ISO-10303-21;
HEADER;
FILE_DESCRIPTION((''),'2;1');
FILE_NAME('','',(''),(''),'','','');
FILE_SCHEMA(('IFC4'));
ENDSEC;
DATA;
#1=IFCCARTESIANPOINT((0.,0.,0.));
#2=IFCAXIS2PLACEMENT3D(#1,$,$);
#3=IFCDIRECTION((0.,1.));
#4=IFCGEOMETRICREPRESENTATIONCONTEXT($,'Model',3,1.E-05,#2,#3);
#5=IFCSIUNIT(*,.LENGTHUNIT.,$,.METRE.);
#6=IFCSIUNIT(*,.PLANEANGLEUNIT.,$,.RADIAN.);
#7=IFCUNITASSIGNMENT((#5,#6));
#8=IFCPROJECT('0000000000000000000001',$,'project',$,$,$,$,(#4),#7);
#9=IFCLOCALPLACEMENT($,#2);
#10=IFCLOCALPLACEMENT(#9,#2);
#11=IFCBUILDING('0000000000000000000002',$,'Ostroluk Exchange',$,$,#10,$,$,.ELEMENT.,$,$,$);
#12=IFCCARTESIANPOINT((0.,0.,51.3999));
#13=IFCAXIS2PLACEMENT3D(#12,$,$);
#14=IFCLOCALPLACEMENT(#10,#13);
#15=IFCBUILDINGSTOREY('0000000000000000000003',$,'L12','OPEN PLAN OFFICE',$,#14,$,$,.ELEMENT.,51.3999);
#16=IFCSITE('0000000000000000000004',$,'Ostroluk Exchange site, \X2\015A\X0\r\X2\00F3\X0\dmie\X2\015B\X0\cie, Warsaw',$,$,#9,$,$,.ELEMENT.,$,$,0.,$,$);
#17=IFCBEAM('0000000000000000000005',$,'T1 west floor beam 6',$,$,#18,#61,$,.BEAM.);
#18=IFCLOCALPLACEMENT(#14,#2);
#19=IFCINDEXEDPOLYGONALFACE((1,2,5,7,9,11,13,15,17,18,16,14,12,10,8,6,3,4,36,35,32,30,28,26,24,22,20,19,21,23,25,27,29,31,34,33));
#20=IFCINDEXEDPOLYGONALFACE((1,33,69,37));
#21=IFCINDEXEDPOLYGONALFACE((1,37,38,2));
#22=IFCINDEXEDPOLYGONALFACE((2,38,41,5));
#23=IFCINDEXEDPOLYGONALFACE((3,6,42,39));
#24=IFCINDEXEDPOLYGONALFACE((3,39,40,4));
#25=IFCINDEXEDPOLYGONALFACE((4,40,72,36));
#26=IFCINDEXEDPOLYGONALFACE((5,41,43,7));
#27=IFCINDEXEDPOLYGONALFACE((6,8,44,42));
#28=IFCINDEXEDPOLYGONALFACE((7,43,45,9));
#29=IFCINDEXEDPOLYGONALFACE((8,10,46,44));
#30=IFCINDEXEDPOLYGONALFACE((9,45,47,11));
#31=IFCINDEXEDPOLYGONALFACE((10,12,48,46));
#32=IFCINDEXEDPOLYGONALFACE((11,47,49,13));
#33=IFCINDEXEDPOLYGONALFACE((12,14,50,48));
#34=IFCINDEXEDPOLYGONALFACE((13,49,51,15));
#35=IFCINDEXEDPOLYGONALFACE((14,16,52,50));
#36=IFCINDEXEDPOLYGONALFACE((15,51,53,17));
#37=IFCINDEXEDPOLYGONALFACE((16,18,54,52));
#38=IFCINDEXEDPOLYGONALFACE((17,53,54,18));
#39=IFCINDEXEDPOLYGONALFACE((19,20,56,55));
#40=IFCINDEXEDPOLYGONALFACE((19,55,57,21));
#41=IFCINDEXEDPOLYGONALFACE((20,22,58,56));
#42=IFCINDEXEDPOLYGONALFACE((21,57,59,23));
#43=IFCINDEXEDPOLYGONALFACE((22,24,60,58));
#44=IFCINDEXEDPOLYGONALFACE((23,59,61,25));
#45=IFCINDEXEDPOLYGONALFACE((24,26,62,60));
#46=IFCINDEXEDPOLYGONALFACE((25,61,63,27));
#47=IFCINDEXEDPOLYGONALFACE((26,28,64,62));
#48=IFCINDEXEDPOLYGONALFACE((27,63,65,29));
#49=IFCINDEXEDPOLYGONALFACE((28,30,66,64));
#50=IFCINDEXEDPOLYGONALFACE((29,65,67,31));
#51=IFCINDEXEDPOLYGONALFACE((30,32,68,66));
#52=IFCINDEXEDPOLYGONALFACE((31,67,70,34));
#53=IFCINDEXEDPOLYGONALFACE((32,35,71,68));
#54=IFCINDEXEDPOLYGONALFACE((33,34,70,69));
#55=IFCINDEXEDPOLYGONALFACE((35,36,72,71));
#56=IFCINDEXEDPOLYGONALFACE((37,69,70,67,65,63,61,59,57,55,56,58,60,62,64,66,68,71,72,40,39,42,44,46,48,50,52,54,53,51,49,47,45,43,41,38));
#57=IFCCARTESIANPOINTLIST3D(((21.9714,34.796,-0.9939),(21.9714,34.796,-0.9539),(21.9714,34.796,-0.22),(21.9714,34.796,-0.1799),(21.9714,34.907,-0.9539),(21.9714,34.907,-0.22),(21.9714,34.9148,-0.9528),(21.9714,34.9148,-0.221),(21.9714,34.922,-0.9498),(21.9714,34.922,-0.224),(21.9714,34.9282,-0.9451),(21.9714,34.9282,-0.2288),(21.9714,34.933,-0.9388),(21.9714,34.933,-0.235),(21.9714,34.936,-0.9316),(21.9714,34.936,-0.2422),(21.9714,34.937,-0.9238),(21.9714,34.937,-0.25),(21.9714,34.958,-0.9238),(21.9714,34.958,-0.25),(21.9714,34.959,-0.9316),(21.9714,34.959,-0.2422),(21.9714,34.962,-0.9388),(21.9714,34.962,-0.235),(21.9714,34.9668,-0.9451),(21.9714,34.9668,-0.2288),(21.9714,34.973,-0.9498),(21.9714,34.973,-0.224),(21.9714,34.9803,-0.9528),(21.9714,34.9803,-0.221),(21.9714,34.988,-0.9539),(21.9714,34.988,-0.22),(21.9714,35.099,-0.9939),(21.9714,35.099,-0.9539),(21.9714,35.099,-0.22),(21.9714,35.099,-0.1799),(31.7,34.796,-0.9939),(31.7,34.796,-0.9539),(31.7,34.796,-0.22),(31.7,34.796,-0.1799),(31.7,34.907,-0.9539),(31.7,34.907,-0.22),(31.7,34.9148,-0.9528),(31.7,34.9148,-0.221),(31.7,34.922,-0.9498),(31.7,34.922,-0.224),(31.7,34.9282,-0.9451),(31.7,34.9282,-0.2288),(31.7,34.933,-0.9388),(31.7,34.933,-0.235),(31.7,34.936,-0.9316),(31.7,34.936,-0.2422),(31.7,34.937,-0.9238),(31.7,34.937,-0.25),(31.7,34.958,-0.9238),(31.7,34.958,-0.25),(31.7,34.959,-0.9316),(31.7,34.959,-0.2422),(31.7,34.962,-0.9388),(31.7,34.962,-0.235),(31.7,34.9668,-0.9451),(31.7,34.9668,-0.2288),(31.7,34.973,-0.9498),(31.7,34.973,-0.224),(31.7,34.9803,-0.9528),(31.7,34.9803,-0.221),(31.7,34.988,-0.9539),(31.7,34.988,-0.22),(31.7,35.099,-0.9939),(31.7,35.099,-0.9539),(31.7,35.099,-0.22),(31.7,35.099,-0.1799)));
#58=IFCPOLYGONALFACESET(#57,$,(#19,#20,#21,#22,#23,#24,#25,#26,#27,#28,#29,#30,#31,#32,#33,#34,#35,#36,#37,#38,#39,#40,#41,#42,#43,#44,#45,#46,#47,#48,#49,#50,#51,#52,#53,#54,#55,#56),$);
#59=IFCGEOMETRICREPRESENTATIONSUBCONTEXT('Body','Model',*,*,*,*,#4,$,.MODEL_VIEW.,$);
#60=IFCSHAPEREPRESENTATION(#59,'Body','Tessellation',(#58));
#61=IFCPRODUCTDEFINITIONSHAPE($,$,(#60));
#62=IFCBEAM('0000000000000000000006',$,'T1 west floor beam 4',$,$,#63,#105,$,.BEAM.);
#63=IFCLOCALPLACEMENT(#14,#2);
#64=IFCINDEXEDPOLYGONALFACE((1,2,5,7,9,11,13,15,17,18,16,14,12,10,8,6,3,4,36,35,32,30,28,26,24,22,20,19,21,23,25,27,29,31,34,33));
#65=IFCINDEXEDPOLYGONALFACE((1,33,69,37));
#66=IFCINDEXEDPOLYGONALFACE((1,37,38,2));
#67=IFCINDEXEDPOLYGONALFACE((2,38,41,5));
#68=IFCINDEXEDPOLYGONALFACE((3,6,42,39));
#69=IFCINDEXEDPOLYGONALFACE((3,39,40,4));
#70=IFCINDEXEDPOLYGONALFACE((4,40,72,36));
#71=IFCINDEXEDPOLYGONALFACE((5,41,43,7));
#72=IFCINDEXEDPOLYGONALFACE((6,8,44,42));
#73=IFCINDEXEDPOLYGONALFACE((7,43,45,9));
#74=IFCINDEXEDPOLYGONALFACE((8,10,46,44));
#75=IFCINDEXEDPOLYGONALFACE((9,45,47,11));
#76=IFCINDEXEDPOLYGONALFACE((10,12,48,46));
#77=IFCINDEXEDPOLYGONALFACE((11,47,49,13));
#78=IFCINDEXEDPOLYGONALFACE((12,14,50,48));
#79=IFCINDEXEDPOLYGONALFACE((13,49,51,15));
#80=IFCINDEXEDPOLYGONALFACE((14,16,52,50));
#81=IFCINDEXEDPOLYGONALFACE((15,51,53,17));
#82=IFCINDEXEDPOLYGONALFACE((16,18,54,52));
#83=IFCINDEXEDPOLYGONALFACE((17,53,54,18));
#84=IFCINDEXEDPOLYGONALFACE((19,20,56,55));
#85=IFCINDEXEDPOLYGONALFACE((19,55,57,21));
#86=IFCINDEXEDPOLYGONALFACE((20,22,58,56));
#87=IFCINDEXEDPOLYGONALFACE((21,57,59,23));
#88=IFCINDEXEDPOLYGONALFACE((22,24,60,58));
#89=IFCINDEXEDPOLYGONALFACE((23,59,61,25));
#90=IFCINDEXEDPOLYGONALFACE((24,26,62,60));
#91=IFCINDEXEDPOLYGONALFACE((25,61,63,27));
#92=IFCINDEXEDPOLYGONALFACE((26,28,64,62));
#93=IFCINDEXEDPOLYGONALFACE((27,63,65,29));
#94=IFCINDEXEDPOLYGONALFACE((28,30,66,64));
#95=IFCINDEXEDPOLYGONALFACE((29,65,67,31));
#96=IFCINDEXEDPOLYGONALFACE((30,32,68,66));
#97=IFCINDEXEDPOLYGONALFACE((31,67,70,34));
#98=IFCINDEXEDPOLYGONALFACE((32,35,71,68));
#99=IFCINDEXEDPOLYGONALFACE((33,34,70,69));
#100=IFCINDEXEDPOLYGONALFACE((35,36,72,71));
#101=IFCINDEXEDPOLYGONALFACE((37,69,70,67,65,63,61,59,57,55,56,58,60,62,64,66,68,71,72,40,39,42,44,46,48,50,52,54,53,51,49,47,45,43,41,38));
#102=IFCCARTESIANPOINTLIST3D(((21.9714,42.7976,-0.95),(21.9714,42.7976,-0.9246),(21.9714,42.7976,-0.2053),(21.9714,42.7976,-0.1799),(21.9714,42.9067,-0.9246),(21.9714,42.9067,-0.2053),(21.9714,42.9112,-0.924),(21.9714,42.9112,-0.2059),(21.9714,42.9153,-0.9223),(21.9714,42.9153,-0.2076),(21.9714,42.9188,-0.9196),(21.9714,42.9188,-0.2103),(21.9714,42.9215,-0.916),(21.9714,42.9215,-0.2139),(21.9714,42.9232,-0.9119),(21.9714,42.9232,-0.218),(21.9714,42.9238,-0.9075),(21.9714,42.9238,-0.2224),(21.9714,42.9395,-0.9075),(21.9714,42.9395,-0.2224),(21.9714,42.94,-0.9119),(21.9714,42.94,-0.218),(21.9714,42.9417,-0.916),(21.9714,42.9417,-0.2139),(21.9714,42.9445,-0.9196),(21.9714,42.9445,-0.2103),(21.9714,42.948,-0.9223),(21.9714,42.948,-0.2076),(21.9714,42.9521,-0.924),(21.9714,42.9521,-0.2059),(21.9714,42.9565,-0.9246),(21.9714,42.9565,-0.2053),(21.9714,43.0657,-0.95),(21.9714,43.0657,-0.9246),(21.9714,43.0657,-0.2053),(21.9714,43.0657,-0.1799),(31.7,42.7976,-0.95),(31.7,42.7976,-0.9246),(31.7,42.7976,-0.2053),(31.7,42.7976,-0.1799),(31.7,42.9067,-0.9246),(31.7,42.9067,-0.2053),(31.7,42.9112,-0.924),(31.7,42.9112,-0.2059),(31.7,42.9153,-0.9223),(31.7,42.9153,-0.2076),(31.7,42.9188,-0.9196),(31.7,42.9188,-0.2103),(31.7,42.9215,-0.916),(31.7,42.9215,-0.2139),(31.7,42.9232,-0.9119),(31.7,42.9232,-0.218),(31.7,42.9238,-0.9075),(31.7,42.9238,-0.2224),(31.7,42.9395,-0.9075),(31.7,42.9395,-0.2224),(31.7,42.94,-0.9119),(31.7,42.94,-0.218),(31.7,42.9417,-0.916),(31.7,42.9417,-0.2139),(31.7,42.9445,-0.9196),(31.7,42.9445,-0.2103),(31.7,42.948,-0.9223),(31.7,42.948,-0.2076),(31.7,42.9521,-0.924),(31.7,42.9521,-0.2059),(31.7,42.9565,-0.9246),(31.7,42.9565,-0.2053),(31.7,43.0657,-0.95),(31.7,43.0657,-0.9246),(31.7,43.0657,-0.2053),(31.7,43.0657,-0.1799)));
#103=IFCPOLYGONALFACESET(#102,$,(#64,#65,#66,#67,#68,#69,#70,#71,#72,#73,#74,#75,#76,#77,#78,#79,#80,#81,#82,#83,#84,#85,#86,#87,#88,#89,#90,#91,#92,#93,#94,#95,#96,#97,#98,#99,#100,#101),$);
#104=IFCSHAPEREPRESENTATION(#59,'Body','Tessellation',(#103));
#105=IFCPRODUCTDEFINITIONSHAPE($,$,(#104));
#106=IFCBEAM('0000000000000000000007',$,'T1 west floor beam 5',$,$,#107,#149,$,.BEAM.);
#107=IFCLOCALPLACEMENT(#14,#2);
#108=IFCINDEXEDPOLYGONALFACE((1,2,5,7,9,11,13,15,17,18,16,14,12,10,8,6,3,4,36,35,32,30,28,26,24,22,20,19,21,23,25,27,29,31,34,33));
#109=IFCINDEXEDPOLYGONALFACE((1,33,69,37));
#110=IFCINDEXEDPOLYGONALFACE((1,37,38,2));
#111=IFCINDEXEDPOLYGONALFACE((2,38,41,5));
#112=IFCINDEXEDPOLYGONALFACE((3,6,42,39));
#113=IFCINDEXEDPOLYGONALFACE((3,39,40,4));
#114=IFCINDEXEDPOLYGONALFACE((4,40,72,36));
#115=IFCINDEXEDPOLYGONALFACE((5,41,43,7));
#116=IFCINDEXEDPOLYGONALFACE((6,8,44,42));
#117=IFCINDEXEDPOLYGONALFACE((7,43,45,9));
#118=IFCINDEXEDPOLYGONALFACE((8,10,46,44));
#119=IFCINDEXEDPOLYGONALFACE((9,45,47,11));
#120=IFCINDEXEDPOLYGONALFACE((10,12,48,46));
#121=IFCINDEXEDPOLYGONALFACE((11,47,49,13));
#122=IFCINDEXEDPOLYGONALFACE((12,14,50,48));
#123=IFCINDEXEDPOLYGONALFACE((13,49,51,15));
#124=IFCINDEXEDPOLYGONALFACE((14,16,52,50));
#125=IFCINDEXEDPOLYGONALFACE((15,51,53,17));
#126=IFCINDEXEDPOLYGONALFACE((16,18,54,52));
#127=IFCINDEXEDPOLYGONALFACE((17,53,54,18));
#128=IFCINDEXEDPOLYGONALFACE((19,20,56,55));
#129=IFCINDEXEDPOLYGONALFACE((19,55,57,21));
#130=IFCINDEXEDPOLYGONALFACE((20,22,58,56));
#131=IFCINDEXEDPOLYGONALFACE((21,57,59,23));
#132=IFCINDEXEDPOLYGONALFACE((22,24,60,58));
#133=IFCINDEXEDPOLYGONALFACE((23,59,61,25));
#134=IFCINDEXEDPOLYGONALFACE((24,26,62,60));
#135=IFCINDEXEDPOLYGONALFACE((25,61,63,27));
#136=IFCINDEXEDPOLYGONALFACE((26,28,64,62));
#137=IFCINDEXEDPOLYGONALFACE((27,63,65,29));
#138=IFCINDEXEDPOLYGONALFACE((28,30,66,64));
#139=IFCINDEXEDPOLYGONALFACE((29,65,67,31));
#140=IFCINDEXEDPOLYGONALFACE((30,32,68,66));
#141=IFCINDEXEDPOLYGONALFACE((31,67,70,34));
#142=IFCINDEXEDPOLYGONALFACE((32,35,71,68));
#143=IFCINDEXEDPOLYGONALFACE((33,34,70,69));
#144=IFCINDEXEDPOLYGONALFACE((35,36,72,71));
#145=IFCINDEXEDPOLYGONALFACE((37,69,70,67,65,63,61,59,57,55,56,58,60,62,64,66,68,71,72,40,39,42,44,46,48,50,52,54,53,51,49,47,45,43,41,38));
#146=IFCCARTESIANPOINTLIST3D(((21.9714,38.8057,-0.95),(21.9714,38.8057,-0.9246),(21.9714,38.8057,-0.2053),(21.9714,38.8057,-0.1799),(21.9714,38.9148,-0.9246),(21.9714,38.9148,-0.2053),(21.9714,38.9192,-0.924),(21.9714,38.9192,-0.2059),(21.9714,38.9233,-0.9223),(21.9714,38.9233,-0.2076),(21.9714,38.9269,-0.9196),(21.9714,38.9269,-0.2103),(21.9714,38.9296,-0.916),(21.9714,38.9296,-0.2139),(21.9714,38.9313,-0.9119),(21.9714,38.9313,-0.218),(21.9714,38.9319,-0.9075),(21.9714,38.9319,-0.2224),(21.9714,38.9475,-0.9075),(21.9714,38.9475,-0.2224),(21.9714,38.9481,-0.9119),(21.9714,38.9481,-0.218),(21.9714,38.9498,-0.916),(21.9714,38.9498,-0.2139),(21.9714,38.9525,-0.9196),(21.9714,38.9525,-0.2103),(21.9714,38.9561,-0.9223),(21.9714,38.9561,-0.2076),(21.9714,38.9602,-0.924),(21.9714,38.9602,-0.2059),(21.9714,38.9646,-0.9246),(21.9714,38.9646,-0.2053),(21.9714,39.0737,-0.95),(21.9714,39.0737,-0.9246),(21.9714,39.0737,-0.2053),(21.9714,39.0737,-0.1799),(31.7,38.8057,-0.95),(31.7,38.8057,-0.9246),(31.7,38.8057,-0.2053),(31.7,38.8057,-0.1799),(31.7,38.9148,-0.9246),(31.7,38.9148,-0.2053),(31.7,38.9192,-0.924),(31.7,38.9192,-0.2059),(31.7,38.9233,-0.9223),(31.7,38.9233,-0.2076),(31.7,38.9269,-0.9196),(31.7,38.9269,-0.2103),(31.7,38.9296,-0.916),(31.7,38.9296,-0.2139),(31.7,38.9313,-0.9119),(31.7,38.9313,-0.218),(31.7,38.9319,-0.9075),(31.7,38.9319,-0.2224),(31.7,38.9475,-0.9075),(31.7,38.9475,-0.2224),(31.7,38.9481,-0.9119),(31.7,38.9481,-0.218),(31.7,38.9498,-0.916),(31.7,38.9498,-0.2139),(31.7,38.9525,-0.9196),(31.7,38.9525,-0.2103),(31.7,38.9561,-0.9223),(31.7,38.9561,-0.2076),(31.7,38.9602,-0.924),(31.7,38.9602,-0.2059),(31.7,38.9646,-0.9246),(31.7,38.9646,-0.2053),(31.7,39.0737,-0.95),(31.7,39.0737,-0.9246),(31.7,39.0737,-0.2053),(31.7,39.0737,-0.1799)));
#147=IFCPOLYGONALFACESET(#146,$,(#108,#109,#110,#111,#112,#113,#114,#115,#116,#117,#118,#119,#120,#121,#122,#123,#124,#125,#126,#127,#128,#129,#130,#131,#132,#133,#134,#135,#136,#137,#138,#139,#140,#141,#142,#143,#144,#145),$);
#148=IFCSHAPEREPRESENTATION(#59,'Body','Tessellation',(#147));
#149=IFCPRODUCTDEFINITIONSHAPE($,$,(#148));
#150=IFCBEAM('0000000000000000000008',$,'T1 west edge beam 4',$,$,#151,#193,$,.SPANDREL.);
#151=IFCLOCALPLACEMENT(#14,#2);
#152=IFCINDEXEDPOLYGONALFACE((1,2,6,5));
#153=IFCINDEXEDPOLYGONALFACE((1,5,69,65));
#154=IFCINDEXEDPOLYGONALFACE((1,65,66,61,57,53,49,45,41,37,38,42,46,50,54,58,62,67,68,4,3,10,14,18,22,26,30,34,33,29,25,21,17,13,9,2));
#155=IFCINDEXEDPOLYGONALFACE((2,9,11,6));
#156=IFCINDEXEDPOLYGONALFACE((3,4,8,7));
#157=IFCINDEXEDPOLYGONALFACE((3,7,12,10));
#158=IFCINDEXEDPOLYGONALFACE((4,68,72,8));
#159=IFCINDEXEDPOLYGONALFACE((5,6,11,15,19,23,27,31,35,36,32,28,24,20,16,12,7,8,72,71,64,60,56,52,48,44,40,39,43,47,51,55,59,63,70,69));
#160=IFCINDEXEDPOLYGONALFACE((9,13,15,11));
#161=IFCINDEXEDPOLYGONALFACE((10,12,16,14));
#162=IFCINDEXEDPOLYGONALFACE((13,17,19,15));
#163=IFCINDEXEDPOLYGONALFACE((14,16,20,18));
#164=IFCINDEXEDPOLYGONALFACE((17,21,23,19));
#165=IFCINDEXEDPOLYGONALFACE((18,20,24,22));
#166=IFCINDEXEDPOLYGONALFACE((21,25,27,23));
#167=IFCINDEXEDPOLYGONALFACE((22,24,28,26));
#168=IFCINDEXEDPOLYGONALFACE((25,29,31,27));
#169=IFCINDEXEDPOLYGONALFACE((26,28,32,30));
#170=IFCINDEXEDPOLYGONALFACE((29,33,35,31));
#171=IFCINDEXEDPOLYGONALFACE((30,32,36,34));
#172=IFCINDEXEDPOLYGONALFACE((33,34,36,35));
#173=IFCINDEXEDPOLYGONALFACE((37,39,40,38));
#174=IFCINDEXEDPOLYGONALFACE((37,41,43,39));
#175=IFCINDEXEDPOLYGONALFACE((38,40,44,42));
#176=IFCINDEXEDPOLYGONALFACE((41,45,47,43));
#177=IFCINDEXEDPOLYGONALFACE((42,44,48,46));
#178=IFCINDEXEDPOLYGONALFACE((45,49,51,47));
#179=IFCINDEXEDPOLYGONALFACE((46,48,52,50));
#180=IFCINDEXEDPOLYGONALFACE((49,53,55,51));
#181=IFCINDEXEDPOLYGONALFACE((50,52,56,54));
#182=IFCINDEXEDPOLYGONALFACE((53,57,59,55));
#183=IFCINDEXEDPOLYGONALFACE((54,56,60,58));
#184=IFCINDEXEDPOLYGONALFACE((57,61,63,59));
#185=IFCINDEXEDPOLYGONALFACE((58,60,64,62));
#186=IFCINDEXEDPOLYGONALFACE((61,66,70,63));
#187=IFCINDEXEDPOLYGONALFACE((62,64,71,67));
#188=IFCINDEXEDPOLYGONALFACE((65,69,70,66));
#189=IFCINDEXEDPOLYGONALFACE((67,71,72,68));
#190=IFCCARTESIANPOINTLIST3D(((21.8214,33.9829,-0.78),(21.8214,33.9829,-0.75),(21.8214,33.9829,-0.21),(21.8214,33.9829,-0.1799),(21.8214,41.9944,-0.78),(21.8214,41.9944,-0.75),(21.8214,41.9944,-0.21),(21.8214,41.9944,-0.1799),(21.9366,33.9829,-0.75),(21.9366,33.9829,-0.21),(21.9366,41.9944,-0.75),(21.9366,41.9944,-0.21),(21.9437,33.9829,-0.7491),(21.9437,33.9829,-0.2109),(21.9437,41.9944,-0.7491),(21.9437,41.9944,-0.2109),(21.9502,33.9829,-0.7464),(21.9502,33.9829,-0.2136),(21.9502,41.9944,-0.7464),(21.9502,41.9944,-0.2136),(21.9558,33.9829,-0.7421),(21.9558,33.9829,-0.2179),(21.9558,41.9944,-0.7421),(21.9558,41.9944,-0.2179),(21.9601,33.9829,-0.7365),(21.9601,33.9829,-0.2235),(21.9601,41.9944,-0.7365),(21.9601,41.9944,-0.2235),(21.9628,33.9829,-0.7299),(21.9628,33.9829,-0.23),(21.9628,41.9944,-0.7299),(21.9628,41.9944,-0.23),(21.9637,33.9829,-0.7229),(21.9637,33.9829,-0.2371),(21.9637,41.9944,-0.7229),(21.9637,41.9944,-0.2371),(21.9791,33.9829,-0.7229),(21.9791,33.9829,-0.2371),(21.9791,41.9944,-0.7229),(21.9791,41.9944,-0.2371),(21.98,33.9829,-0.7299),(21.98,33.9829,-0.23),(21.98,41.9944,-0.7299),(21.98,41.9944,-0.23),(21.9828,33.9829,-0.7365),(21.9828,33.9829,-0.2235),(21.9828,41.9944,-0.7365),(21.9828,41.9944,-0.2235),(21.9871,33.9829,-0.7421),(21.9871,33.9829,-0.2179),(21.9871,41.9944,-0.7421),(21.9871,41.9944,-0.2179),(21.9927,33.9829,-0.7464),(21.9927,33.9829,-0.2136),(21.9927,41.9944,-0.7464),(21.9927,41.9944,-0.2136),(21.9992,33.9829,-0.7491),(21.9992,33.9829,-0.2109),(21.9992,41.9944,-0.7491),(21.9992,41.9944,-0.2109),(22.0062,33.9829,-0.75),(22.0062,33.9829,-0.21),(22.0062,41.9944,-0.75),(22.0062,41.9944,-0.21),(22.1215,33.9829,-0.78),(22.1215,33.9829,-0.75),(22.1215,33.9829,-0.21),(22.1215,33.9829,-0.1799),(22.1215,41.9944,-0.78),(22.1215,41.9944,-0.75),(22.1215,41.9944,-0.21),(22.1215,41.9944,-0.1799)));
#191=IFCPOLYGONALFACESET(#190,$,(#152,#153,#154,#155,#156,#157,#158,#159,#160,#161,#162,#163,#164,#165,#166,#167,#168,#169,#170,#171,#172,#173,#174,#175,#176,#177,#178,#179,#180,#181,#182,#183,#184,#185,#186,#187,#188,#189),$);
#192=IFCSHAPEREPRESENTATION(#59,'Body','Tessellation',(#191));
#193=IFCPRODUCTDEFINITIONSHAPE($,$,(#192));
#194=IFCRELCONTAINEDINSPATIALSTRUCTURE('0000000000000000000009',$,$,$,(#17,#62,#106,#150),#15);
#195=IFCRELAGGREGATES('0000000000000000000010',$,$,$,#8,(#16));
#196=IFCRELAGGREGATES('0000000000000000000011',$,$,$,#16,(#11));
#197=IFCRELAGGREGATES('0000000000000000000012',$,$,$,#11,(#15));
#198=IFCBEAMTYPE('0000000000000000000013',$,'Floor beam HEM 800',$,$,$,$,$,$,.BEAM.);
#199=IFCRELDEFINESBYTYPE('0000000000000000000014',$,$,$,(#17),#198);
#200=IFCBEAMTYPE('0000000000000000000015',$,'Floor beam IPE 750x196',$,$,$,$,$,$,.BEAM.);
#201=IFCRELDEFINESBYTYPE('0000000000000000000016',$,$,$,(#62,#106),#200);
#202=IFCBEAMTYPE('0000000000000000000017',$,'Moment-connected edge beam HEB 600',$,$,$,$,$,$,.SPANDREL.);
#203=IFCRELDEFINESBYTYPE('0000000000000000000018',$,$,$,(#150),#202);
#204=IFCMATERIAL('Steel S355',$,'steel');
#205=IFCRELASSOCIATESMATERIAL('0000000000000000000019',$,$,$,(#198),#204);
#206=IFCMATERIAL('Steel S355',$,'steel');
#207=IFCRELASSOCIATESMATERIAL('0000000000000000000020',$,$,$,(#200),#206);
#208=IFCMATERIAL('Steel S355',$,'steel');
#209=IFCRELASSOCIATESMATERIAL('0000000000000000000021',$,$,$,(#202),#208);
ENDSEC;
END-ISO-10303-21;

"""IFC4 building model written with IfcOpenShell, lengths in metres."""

from ifc_helpers import new_model, si_unit, direction, frame, origin, origin_2d, place, context, subcontext, project, spatial, i_section, extrude, material, material_profile, profile_set, type_object, element, save


model = new_model("IFC4")

# Units and contexts
model_context = context("Model", 3, precision=1e-05, world=origin(), true_north=direction((0.0, 1.0)))
body_context = subcontext(model_context, "Body", "Model", "MODEL_VIEW")
ifc_project = project(units=[si_unit("LENGTHUNIT", "METRE"), si_unit("PLANEANGLEUNIT", "RADIAN")], contexts=[model_context])

# Site, building, storey
site_placement = place(None, origin())
site = spatial("IfcSite", under=ifc_project, at=site_placement, Name="Ostroluk Exchange site, Śródmieście, Warsaw", CompositionType="ELEMENT", RefElevation=0.0)
building_placement = place(site_placement, origin())
building = spatial("IfcBuilding", under=site, at=building_placement, Name="Ostroluk Exchange", CompositionType="ELEMENT")
storey_placement = place(building_placement, frame((0.0, 0.0, 51.3999)))
storey = spatial("IfcBuildingStorey", under=building, at=storey_placement, Name="L12", Description="OPEN PLAN OFFICE", CompositionType="ELEMENT", Elevation=51.3999)

# Beams
ifc_material_1 = material(Name="Steel S355", Category="steel")
ifc_material_profile_1 = material_profile(ifc_material_1, i_section(OverallWidth=0.303, OverallDepth=0.814, WebThickness=0.021, FlangeThickness=0.04, FilletRadius=0.03, at=origin_2d()), Name="HEM 800")
ifc_profile_set_1 = profile_set([ifc_material_profile_1], Name="Steel S355")
beam_type_1 = type_object("IfcBeamType", Name="Floor beam HEM 800", PredefinedType="BEAM", material=ifc_profile_set_1)
beam_placement = place(storey_placement, frame((31.7, 34.9475, -0.5869), z_axis=(-1.0, 0.0, 0.0), x_axis=(0.0, -1.0, 0.0)))
element("IfcBeam", 1, at=beam_placement, inside=storey, type_object=beam_type_1, Name="T1 west floor beam 6", PredefinedType="BEAM", context=body_context, shape_type="SweptSolid", body=[
    extrude(i_section(OverallWidth=0.303, OverallDepth=0.814, WebThickness=0.021, FlangeThickness=0.04, FilletRadius=0.03, at=origin_2d()), origin(), (0.0, 0.0, 1.0), 9.7285),
])
ifc_material_2 = material(Name="Steel S355", Category="steel")
ifc_material_profile_2 = material_profile(ifc_material_2, i_section(OverallWidth=0.2681, OverallDepth=0.77, WebThickness=0.0156, FlangeThickness=0.0254, FilletRadius=0.0171, at=origin_2d()), Name="IPE 750x196")
ifc_profile_set_2 = profile_set([ifc_material_profile_2], Name="Steel S355")
beam_type_2 = type_object("IfcBeamType", Name="Floor beam IPE 750x196", PredefinedType="BEAM", material=ifc_profile_set_2)
for number, where, z_axis, x_axis, name in (
    (2, (31.7, 42.9316, -0.5649), (-1.0, 0.0, 0.0), (0.0, -1.0, 0.0), "T1 west floor beam 4"),
    (3, (31.7, 38.9397, -0.5649), (-1.0, 0.0, 0.0), (0.0, -1.0, 0.0), "T1 west floor beam 5"),
):
    element("IfcBeam", number, at=place(storey_placement, frame(where, z_axis=z_axis, x_axis=x_axis)), inside=storey, type_object=beam_type_2, Name=name, PredefinedType="BEAM", context=body_context, shape_type="SweptSolid", body=[
        extrude(i_section(OverallWidth=0.2681, OverallDepth=0.77, WebThickness=0.0156, FlangeThickness=0.0254, FilletRadius=0.0171, at=origin_2d()), origin(), (0.0, 0.0, 1.0), 9.7285),
    ])
ifc_material_3 = material(Name="Steel S355", Category="steel")
ifc_material_profile_3 = material_profile(ifc_material_3, i_section(OverallWidth=0.3, OverallDepth=0.6001, WebThickness=0.0154, FlangeThickness=0.03, FilletRadius=0.0271, at=origin_2d()), Name="HEB 600")
ifc_profile_set_3 = profile_set([ifc_material_profile_3], Name="Steel S355")
beam_type_3 = type_object("IfcBeamType", Name="Moment-connected edge beam HEB 600", PredefinedType="SPANDREL", material=ifc_profile_set_3)
for number, where, z_axis, x_axis, name in (
    (4, (21.9714, 41.9944, -0.48), (0.0, -1.0, 0.0), (1.0, 0.0, 0.0), "T1 west edge beam 4"),
):
    element("IfcBeam", number, at=place(storey_placement, frame(where, z_axis=z_axis, x_axis=x_axis)), inside=storey, type_object=beam_type_3, Name=name, PredefinedType="SPANDREL", context=body_context, shape_type="SweptSolid", body=[
        extrude(i_section(OverallWidth=0.3, OverallDepth=0.6001, WebThickness=0.0154, FlangeThickness=0.03, FilletRadius=0.0271, at=origin_2d()), origin(), (0.0, 0.0, 1.0), 8.0115),
    ])

save(model, "model.ifc")
